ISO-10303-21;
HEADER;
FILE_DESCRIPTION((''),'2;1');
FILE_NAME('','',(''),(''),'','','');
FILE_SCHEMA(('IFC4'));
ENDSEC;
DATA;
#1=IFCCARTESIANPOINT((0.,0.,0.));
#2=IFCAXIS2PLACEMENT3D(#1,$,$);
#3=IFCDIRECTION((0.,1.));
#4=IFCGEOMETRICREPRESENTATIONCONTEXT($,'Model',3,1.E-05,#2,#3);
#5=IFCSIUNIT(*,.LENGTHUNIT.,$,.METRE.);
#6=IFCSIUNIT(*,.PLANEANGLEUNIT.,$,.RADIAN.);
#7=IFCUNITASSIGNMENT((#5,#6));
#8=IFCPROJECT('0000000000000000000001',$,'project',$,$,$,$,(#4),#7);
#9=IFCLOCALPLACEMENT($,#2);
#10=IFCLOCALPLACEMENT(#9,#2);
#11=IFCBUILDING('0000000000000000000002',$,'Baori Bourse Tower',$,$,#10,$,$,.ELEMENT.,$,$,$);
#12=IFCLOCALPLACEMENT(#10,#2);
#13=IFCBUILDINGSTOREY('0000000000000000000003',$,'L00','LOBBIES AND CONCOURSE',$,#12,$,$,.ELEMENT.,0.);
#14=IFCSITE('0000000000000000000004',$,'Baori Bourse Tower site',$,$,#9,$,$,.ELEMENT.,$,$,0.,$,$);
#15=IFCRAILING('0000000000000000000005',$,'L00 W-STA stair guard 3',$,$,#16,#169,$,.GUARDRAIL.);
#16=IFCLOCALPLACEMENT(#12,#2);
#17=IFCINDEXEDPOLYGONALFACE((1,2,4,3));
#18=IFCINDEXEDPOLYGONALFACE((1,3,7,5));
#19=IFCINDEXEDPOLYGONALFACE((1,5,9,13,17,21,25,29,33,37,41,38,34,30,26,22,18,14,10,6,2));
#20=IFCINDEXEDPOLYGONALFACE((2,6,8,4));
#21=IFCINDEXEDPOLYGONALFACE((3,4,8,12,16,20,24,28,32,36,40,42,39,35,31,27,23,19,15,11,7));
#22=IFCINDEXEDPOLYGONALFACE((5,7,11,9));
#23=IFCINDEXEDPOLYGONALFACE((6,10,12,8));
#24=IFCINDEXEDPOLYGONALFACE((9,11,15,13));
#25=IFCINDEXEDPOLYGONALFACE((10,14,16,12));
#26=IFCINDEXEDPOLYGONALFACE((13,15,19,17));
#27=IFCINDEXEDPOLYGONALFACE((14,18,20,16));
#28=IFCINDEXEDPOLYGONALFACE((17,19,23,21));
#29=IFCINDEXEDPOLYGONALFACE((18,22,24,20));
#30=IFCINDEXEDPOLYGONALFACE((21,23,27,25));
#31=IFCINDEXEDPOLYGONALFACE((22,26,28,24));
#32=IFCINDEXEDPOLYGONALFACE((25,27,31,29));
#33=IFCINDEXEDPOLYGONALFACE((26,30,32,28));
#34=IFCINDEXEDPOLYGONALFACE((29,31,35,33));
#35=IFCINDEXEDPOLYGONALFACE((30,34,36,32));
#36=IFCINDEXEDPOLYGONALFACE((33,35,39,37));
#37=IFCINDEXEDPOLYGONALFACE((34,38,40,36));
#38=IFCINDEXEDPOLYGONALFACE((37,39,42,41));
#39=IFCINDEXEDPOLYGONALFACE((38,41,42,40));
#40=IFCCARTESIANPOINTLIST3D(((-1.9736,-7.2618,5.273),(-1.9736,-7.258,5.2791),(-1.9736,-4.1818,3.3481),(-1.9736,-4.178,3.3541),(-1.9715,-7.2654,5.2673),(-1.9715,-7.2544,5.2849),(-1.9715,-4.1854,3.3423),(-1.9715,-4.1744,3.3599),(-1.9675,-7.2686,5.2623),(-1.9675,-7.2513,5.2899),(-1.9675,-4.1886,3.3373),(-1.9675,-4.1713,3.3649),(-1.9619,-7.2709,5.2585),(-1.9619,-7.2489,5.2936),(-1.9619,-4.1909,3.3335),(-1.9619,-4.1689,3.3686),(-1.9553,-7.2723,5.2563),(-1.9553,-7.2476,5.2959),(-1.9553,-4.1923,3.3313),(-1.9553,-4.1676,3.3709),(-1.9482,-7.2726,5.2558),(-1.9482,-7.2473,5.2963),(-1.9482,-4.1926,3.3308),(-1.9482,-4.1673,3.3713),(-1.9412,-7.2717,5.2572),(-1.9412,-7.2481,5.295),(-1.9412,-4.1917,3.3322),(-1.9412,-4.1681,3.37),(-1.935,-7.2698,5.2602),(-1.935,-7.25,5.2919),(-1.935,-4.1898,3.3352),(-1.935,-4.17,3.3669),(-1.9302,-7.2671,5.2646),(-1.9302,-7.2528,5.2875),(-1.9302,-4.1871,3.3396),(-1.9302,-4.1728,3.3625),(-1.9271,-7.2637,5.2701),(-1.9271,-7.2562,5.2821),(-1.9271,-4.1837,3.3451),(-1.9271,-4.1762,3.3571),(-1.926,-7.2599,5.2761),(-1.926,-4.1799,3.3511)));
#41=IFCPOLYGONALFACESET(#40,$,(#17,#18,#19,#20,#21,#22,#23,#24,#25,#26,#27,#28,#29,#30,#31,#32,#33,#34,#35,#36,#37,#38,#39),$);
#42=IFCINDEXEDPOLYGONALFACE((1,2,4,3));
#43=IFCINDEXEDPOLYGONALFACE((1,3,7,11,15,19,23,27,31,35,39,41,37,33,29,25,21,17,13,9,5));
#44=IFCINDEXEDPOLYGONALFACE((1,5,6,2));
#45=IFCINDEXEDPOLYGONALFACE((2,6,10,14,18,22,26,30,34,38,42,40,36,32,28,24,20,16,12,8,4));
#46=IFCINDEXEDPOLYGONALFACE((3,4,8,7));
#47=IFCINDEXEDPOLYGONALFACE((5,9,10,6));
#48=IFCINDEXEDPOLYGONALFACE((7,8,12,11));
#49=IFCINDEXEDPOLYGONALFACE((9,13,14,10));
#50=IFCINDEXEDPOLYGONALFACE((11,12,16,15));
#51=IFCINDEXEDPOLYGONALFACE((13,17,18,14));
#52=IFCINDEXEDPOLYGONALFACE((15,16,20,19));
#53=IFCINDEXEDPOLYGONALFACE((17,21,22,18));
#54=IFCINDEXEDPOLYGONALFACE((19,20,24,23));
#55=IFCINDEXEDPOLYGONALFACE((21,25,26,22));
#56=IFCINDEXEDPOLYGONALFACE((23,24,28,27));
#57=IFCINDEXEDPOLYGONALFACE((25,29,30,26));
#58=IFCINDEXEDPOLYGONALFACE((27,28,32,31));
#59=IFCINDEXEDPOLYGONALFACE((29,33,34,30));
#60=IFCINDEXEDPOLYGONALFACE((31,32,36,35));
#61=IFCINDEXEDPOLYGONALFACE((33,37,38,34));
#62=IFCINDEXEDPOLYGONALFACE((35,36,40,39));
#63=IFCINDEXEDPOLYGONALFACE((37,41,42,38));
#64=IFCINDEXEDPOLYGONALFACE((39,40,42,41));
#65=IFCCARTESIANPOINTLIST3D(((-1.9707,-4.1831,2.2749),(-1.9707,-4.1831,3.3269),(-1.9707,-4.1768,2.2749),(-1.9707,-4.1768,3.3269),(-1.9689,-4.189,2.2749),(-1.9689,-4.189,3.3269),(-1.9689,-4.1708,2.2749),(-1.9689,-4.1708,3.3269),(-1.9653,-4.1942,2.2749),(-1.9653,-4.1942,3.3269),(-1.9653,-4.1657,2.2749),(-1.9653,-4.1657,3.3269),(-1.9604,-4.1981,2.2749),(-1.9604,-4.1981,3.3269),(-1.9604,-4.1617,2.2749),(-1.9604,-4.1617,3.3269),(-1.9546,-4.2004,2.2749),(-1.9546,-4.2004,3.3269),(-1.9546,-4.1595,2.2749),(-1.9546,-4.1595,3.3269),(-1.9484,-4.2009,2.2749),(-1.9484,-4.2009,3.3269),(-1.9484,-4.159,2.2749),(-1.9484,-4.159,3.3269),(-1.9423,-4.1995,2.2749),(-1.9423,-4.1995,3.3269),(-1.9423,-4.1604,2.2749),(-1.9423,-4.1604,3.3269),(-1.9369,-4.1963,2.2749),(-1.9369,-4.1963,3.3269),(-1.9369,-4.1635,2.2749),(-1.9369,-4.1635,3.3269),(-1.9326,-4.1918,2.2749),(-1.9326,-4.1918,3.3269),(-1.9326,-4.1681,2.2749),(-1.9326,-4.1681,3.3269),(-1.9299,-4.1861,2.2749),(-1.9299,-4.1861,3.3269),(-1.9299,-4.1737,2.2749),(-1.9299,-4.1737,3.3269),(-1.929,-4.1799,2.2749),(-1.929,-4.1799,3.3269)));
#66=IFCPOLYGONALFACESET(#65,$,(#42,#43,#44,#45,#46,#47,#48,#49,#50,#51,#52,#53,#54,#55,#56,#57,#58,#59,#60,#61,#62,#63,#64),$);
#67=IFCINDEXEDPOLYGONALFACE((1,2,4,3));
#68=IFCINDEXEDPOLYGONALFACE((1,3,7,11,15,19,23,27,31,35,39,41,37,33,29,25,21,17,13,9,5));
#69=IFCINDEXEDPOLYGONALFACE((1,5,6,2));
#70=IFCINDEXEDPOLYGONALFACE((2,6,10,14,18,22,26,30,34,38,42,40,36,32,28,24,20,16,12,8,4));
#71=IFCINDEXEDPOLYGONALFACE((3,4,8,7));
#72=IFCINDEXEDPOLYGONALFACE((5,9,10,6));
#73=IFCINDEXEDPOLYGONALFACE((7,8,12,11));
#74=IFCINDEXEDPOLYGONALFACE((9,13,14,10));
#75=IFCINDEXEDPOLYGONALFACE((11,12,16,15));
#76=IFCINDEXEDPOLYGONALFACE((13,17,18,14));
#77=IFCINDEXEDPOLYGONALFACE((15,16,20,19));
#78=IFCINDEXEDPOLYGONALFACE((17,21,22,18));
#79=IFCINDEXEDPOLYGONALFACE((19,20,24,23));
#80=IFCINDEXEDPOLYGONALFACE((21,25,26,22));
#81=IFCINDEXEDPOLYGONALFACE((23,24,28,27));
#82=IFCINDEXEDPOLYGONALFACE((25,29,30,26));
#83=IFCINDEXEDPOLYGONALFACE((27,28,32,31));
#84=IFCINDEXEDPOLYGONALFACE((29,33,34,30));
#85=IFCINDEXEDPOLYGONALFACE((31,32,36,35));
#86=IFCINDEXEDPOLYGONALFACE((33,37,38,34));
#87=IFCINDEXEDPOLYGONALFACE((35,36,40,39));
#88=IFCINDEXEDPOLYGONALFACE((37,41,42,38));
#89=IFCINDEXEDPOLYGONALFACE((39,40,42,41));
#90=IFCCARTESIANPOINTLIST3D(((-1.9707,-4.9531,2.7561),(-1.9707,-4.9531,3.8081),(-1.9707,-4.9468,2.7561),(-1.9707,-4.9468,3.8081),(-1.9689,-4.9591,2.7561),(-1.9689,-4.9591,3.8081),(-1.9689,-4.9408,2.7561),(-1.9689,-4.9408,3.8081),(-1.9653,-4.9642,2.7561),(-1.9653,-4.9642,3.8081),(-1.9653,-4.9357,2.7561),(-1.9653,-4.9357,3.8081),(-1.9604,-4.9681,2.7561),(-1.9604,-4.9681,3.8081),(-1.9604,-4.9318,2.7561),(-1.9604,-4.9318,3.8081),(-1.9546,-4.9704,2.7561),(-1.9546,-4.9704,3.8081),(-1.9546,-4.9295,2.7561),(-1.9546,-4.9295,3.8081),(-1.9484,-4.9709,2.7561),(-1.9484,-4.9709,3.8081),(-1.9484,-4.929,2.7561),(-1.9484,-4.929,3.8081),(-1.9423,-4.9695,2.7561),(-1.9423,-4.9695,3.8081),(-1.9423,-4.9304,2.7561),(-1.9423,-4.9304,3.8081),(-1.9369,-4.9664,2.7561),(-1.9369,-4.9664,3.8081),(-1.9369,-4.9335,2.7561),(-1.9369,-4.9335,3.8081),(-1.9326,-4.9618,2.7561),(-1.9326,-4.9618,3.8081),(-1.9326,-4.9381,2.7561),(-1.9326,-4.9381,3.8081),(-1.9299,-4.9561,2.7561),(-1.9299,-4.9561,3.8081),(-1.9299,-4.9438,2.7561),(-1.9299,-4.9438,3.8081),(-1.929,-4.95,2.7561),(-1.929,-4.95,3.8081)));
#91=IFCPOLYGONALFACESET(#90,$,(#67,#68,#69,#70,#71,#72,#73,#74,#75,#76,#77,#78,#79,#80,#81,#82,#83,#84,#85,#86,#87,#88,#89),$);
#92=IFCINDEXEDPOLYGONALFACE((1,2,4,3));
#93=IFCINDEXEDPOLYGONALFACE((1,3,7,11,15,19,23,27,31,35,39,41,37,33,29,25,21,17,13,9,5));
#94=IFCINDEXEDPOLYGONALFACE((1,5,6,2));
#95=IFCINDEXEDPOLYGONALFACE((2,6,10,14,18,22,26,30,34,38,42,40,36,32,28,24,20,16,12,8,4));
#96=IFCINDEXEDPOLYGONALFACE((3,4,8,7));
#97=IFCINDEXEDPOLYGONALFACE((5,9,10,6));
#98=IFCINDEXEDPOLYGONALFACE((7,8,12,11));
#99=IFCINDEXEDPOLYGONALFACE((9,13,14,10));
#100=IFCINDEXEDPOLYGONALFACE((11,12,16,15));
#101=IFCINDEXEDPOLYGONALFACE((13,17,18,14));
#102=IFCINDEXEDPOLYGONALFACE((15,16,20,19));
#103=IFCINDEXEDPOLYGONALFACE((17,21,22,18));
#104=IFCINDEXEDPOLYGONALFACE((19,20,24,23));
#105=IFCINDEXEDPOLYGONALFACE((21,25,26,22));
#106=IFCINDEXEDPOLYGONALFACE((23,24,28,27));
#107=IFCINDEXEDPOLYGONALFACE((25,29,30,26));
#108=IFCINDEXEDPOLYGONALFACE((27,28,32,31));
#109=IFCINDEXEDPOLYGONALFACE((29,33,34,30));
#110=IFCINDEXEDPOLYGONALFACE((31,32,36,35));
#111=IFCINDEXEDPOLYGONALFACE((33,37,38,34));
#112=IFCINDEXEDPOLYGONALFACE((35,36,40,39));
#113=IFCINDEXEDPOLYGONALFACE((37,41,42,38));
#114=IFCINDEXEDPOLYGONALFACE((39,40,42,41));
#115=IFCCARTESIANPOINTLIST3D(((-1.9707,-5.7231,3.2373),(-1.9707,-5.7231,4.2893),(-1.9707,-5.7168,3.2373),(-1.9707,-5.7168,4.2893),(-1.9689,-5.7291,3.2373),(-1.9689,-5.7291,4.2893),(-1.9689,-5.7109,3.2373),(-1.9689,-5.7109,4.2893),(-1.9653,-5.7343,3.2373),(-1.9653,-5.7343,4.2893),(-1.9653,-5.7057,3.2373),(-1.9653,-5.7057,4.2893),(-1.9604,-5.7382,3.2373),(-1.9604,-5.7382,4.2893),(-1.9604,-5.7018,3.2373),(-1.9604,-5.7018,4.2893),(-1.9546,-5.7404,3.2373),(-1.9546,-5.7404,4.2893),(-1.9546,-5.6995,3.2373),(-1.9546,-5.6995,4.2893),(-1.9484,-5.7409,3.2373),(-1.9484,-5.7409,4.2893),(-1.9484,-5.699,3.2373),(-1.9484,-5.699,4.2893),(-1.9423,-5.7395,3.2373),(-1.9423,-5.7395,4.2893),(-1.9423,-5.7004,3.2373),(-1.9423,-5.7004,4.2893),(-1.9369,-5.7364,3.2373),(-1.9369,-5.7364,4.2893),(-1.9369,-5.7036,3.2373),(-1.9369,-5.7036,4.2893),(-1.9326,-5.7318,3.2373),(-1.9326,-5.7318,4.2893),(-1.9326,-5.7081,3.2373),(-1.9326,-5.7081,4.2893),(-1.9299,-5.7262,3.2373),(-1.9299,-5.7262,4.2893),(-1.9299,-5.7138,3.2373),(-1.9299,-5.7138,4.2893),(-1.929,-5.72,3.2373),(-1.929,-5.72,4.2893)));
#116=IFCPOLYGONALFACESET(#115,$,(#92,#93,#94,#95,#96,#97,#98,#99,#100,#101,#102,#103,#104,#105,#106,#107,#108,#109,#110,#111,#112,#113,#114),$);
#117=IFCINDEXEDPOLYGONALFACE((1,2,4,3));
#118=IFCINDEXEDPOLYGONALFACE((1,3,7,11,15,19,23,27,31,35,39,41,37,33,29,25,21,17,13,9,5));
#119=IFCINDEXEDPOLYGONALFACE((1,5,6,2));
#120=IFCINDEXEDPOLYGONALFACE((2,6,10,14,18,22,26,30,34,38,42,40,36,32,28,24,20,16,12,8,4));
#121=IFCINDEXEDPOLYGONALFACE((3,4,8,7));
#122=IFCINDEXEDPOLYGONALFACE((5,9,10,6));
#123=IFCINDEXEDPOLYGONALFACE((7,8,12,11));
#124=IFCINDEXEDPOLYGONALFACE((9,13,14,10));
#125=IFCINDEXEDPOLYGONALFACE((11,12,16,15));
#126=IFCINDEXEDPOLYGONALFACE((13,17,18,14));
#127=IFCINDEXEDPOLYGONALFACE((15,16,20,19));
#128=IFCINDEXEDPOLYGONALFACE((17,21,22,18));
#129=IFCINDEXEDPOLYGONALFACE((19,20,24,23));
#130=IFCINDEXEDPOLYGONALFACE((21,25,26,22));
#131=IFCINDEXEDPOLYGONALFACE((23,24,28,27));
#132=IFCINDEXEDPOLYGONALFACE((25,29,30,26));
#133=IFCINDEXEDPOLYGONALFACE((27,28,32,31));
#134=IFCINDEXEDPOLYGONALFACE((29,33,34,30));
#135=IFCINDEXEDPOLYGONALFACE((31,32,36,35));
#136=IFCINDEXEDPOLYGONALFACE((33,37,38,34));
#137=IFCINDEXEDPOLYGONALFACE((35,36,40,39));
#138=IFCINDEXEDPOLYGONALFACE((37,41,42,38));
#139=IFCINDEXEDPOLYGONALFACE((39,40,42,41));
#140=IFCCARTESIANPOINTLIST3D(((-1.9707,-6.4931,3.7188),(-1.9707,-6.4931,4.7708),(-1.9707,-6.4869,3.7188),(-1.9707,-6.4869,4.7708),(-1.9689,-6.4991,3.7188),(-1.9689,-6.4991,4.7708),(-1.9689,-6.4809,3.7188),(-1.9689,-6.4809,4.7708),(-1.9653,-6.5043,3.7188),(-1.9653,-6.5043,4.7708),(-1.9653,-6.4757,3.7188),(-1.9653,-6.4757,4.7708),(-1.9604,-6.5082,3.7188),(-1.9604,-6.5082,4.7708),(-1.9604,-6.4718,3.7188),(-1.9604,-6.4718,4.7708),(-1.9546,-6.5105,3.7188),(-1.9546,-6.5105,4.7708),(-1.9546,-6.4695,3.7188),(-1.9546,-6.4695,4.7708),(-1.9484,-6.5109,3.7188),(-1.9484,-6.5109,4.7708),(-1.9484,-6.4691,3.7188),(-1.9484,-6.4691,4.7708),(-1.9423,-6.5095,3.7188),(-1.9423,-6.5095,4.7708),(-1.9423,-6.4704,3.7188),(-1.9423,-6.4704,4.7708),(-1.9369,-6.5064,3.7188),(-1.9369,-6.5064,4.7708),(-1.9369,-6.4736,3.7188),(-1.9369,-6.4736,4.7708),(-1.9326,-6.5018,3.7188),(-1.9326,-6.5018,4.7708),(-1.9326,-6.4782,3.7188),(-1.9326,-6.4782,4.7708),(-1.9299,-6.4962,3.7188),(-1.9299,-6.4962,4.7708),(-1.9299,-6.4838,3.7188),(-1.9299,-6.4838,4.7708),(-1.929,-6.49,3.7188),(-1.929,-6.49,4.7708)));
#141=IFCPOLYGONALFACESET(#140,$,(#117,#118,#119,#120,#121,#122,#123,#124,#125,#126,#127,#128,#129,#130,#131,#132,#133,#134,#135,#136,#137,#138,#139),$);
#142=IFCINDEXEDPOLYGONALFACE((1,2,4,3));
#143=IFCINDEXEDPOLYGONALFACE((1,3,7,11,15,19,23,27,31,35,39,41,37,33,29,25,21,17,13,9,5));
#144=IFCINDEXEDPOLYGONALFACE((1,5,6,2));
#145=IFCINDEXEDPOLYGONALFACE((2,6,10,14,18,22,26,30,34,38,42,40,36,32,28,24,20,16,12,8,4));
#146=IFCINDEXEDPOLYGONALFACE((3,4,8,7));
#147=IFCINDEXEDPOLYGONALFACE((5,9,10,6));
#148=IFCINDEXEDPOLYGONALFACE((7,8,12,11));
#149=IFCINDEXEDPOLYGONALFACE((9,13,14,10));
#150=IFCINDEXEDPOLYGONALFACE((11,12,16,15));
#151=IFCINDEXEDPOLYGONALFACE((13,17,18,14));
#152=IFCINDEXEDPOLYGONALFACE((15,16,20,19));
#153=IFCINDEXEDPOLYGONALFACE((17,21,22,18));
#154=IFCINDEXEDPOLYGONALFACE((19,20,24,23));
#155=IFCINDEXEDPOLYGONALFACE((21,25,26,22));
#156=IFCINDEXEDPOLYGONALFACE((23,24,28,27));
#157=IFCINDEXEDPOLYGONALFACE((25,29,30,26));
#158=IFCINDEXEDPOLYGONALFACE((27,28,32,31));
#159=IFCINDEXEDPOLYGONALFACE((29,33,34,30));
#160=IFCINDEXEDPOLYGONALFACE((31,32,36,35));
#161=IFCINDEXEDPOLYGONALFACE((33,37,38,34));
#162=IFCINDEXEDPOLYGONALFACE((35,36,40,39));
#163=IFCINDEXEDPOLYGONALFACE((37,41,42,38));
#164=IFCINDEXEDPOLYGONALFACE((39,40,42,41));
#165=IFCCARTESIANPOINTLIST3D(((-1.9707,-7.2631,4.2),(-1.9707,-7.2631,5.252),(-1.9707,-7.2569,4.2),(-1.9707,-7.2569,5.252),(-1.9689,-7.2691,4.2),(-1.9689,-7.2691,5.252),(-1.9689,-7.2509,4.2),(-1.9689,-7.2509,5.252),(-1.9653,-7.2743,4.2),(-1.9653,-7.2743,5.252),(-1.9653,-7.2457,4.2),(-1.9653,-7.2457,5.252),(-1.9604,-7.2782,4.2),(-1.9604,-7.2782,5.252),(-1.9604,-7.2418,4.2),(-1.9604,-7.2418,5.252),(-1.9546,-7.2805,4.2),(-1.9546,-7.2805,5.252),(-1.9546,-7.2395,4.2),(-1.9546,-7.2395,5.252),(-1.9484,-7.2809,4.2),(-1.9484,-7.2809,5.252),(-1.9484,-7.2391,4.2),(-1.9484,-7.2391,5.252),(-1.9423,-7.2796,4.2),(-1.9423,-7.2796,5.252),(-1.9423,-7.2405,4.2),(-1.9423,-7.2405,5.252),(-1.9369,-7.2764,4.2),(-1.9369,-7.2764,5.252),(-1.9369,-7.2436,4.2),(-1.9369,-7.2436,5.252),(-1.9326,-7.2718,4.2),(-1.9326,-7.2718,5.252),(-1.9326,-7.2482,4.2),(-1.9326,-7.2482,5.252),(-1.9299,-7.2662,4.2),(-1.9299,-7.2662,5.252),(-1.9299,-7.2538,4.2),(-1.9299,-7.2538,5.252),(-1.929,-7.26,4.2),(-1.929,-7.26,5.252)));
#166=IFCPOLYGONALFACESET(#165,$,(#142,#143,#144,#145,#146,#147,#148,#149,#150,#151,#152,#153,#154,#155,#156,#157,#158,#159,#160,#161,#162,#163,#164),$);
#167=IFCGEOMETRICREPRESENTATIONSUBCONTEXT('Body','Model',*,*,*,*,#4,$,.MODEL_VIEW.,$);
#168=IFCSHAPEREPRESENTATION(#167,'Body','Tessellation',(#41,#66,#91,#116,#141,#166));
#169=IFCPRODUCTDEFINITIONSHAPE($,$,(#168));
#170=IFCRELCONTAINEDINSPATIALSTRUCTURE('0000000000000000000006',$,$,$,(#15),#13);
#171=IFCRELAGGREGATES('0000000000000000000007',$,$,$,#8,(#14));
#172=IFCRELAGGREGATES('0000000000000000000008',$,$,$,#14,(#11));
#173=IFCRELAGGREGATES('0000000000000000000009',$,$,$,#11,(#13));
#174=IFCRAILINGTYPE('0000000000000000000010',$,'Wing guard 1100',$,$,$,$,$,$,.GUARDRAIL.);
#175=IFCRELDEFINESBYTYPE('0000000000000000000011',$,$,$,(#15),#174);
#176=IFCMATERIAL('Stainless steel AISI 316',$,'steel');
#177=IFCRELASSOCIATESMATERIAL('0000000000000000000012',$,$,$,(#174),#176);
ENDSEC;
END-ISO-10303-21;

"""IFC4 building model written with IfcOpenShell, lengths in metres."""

from ifc_helpers import new_model, si_unit, direction, frame, origin, origin_2d, place, context, subcontext, project, spatial, circle, extrude, material, type_object, element, save


model = new_model("IFC4")

# Units and contexts
model_context = context("Model", 3, precision=1e-05, world=origin(), true_north=direction((0.0, 1.0)))
body_context = subcontext(model_context, "Body", "Model", "MODEL_VIEW")
ifc_project = project(units=[si_unit("LENGTHUNIT", "METRE"), si_unit("PLANEANGLEUNIT", "RADIAN")], contexts=[model_context])

# Site, building, storey
site_placement = place(None, origin())
site = spatial("IfcSite", under=ifc_project, at=site_placement, Name="Baori Bourse Tower site", CompositionType="ELEMENT", RefElevation=0.0)
building_placement = place(site_placement, origin())
building = spatial("IfcBuilding", under=site, at=building_placement, Name="Baori Bourse Tower", CompositionType="ELEMENT")
storey_placement = place(building_placement, origin())
storey = spatial("IfcBuildingStorey", under=building, at=storey_placement, Name="L00", Description="LOBBIES AND CONCOURSE", CompositionType="ELEMENT", Elevation=0.0)

# Railing
ifc_material_1 = material(Name="Stainless steel AISI 316", Category="steel")
railing_type_1 = type_object("IfcRailingType", Name="Wing guard 1100", PredefinedType="GUARDRAIL", material=ifc_material_1)
railing_1_placement = place(storey_placement, frame((-1.95, -4.1799, 2.2749)))
element("IfcRailing", 1, at=railing_1_placement, inside=storey, type_object=railing_type_1, Name="L00 W-STA stair guard 3", PredefinedType="GUARDRAIL", context=body_context, shape_type="SweptSolid", body=[
    extrude(circle(Radius=0.0239, at=origin_2d()), frame((0.0, 0.0, 1.0762), z_axis=(0.0, -0.847998, 0.529999), x_axis=(1.0, 0.0, 0.0)), (0.0, 0.0, 1.0), 3.6321),
    extrude(circle(Radius=0.021, at=origin_2d()), origin(), (0.0, 0.0, 1.0), 1.052),
    extrude(circle(Radius=0.021, at=origin_2d()), frame((0.0, -0.77, 0.4812)), (0.0, 0.0, 1.0), 1.052),
    extrude(circle(Radius=0.021, at=origin_2d()), frame((0.0, -1.54, 0.9624)), (0.0, 0.0, 1.0), 1.052),
    extrude(circle(Radius=0.021, at=origin_2d()), frame((0.0, -2.3101, 1.4438)), (0.0, 0.0, 1.0), 1.052),
    extrude(circle(Radius=0.021, at=origin_2d()), frame((0.0, -3.0801, 1.925)), (0.0, 0.0, 1.0), 1.052),
])

save(model, "model.ifc")
